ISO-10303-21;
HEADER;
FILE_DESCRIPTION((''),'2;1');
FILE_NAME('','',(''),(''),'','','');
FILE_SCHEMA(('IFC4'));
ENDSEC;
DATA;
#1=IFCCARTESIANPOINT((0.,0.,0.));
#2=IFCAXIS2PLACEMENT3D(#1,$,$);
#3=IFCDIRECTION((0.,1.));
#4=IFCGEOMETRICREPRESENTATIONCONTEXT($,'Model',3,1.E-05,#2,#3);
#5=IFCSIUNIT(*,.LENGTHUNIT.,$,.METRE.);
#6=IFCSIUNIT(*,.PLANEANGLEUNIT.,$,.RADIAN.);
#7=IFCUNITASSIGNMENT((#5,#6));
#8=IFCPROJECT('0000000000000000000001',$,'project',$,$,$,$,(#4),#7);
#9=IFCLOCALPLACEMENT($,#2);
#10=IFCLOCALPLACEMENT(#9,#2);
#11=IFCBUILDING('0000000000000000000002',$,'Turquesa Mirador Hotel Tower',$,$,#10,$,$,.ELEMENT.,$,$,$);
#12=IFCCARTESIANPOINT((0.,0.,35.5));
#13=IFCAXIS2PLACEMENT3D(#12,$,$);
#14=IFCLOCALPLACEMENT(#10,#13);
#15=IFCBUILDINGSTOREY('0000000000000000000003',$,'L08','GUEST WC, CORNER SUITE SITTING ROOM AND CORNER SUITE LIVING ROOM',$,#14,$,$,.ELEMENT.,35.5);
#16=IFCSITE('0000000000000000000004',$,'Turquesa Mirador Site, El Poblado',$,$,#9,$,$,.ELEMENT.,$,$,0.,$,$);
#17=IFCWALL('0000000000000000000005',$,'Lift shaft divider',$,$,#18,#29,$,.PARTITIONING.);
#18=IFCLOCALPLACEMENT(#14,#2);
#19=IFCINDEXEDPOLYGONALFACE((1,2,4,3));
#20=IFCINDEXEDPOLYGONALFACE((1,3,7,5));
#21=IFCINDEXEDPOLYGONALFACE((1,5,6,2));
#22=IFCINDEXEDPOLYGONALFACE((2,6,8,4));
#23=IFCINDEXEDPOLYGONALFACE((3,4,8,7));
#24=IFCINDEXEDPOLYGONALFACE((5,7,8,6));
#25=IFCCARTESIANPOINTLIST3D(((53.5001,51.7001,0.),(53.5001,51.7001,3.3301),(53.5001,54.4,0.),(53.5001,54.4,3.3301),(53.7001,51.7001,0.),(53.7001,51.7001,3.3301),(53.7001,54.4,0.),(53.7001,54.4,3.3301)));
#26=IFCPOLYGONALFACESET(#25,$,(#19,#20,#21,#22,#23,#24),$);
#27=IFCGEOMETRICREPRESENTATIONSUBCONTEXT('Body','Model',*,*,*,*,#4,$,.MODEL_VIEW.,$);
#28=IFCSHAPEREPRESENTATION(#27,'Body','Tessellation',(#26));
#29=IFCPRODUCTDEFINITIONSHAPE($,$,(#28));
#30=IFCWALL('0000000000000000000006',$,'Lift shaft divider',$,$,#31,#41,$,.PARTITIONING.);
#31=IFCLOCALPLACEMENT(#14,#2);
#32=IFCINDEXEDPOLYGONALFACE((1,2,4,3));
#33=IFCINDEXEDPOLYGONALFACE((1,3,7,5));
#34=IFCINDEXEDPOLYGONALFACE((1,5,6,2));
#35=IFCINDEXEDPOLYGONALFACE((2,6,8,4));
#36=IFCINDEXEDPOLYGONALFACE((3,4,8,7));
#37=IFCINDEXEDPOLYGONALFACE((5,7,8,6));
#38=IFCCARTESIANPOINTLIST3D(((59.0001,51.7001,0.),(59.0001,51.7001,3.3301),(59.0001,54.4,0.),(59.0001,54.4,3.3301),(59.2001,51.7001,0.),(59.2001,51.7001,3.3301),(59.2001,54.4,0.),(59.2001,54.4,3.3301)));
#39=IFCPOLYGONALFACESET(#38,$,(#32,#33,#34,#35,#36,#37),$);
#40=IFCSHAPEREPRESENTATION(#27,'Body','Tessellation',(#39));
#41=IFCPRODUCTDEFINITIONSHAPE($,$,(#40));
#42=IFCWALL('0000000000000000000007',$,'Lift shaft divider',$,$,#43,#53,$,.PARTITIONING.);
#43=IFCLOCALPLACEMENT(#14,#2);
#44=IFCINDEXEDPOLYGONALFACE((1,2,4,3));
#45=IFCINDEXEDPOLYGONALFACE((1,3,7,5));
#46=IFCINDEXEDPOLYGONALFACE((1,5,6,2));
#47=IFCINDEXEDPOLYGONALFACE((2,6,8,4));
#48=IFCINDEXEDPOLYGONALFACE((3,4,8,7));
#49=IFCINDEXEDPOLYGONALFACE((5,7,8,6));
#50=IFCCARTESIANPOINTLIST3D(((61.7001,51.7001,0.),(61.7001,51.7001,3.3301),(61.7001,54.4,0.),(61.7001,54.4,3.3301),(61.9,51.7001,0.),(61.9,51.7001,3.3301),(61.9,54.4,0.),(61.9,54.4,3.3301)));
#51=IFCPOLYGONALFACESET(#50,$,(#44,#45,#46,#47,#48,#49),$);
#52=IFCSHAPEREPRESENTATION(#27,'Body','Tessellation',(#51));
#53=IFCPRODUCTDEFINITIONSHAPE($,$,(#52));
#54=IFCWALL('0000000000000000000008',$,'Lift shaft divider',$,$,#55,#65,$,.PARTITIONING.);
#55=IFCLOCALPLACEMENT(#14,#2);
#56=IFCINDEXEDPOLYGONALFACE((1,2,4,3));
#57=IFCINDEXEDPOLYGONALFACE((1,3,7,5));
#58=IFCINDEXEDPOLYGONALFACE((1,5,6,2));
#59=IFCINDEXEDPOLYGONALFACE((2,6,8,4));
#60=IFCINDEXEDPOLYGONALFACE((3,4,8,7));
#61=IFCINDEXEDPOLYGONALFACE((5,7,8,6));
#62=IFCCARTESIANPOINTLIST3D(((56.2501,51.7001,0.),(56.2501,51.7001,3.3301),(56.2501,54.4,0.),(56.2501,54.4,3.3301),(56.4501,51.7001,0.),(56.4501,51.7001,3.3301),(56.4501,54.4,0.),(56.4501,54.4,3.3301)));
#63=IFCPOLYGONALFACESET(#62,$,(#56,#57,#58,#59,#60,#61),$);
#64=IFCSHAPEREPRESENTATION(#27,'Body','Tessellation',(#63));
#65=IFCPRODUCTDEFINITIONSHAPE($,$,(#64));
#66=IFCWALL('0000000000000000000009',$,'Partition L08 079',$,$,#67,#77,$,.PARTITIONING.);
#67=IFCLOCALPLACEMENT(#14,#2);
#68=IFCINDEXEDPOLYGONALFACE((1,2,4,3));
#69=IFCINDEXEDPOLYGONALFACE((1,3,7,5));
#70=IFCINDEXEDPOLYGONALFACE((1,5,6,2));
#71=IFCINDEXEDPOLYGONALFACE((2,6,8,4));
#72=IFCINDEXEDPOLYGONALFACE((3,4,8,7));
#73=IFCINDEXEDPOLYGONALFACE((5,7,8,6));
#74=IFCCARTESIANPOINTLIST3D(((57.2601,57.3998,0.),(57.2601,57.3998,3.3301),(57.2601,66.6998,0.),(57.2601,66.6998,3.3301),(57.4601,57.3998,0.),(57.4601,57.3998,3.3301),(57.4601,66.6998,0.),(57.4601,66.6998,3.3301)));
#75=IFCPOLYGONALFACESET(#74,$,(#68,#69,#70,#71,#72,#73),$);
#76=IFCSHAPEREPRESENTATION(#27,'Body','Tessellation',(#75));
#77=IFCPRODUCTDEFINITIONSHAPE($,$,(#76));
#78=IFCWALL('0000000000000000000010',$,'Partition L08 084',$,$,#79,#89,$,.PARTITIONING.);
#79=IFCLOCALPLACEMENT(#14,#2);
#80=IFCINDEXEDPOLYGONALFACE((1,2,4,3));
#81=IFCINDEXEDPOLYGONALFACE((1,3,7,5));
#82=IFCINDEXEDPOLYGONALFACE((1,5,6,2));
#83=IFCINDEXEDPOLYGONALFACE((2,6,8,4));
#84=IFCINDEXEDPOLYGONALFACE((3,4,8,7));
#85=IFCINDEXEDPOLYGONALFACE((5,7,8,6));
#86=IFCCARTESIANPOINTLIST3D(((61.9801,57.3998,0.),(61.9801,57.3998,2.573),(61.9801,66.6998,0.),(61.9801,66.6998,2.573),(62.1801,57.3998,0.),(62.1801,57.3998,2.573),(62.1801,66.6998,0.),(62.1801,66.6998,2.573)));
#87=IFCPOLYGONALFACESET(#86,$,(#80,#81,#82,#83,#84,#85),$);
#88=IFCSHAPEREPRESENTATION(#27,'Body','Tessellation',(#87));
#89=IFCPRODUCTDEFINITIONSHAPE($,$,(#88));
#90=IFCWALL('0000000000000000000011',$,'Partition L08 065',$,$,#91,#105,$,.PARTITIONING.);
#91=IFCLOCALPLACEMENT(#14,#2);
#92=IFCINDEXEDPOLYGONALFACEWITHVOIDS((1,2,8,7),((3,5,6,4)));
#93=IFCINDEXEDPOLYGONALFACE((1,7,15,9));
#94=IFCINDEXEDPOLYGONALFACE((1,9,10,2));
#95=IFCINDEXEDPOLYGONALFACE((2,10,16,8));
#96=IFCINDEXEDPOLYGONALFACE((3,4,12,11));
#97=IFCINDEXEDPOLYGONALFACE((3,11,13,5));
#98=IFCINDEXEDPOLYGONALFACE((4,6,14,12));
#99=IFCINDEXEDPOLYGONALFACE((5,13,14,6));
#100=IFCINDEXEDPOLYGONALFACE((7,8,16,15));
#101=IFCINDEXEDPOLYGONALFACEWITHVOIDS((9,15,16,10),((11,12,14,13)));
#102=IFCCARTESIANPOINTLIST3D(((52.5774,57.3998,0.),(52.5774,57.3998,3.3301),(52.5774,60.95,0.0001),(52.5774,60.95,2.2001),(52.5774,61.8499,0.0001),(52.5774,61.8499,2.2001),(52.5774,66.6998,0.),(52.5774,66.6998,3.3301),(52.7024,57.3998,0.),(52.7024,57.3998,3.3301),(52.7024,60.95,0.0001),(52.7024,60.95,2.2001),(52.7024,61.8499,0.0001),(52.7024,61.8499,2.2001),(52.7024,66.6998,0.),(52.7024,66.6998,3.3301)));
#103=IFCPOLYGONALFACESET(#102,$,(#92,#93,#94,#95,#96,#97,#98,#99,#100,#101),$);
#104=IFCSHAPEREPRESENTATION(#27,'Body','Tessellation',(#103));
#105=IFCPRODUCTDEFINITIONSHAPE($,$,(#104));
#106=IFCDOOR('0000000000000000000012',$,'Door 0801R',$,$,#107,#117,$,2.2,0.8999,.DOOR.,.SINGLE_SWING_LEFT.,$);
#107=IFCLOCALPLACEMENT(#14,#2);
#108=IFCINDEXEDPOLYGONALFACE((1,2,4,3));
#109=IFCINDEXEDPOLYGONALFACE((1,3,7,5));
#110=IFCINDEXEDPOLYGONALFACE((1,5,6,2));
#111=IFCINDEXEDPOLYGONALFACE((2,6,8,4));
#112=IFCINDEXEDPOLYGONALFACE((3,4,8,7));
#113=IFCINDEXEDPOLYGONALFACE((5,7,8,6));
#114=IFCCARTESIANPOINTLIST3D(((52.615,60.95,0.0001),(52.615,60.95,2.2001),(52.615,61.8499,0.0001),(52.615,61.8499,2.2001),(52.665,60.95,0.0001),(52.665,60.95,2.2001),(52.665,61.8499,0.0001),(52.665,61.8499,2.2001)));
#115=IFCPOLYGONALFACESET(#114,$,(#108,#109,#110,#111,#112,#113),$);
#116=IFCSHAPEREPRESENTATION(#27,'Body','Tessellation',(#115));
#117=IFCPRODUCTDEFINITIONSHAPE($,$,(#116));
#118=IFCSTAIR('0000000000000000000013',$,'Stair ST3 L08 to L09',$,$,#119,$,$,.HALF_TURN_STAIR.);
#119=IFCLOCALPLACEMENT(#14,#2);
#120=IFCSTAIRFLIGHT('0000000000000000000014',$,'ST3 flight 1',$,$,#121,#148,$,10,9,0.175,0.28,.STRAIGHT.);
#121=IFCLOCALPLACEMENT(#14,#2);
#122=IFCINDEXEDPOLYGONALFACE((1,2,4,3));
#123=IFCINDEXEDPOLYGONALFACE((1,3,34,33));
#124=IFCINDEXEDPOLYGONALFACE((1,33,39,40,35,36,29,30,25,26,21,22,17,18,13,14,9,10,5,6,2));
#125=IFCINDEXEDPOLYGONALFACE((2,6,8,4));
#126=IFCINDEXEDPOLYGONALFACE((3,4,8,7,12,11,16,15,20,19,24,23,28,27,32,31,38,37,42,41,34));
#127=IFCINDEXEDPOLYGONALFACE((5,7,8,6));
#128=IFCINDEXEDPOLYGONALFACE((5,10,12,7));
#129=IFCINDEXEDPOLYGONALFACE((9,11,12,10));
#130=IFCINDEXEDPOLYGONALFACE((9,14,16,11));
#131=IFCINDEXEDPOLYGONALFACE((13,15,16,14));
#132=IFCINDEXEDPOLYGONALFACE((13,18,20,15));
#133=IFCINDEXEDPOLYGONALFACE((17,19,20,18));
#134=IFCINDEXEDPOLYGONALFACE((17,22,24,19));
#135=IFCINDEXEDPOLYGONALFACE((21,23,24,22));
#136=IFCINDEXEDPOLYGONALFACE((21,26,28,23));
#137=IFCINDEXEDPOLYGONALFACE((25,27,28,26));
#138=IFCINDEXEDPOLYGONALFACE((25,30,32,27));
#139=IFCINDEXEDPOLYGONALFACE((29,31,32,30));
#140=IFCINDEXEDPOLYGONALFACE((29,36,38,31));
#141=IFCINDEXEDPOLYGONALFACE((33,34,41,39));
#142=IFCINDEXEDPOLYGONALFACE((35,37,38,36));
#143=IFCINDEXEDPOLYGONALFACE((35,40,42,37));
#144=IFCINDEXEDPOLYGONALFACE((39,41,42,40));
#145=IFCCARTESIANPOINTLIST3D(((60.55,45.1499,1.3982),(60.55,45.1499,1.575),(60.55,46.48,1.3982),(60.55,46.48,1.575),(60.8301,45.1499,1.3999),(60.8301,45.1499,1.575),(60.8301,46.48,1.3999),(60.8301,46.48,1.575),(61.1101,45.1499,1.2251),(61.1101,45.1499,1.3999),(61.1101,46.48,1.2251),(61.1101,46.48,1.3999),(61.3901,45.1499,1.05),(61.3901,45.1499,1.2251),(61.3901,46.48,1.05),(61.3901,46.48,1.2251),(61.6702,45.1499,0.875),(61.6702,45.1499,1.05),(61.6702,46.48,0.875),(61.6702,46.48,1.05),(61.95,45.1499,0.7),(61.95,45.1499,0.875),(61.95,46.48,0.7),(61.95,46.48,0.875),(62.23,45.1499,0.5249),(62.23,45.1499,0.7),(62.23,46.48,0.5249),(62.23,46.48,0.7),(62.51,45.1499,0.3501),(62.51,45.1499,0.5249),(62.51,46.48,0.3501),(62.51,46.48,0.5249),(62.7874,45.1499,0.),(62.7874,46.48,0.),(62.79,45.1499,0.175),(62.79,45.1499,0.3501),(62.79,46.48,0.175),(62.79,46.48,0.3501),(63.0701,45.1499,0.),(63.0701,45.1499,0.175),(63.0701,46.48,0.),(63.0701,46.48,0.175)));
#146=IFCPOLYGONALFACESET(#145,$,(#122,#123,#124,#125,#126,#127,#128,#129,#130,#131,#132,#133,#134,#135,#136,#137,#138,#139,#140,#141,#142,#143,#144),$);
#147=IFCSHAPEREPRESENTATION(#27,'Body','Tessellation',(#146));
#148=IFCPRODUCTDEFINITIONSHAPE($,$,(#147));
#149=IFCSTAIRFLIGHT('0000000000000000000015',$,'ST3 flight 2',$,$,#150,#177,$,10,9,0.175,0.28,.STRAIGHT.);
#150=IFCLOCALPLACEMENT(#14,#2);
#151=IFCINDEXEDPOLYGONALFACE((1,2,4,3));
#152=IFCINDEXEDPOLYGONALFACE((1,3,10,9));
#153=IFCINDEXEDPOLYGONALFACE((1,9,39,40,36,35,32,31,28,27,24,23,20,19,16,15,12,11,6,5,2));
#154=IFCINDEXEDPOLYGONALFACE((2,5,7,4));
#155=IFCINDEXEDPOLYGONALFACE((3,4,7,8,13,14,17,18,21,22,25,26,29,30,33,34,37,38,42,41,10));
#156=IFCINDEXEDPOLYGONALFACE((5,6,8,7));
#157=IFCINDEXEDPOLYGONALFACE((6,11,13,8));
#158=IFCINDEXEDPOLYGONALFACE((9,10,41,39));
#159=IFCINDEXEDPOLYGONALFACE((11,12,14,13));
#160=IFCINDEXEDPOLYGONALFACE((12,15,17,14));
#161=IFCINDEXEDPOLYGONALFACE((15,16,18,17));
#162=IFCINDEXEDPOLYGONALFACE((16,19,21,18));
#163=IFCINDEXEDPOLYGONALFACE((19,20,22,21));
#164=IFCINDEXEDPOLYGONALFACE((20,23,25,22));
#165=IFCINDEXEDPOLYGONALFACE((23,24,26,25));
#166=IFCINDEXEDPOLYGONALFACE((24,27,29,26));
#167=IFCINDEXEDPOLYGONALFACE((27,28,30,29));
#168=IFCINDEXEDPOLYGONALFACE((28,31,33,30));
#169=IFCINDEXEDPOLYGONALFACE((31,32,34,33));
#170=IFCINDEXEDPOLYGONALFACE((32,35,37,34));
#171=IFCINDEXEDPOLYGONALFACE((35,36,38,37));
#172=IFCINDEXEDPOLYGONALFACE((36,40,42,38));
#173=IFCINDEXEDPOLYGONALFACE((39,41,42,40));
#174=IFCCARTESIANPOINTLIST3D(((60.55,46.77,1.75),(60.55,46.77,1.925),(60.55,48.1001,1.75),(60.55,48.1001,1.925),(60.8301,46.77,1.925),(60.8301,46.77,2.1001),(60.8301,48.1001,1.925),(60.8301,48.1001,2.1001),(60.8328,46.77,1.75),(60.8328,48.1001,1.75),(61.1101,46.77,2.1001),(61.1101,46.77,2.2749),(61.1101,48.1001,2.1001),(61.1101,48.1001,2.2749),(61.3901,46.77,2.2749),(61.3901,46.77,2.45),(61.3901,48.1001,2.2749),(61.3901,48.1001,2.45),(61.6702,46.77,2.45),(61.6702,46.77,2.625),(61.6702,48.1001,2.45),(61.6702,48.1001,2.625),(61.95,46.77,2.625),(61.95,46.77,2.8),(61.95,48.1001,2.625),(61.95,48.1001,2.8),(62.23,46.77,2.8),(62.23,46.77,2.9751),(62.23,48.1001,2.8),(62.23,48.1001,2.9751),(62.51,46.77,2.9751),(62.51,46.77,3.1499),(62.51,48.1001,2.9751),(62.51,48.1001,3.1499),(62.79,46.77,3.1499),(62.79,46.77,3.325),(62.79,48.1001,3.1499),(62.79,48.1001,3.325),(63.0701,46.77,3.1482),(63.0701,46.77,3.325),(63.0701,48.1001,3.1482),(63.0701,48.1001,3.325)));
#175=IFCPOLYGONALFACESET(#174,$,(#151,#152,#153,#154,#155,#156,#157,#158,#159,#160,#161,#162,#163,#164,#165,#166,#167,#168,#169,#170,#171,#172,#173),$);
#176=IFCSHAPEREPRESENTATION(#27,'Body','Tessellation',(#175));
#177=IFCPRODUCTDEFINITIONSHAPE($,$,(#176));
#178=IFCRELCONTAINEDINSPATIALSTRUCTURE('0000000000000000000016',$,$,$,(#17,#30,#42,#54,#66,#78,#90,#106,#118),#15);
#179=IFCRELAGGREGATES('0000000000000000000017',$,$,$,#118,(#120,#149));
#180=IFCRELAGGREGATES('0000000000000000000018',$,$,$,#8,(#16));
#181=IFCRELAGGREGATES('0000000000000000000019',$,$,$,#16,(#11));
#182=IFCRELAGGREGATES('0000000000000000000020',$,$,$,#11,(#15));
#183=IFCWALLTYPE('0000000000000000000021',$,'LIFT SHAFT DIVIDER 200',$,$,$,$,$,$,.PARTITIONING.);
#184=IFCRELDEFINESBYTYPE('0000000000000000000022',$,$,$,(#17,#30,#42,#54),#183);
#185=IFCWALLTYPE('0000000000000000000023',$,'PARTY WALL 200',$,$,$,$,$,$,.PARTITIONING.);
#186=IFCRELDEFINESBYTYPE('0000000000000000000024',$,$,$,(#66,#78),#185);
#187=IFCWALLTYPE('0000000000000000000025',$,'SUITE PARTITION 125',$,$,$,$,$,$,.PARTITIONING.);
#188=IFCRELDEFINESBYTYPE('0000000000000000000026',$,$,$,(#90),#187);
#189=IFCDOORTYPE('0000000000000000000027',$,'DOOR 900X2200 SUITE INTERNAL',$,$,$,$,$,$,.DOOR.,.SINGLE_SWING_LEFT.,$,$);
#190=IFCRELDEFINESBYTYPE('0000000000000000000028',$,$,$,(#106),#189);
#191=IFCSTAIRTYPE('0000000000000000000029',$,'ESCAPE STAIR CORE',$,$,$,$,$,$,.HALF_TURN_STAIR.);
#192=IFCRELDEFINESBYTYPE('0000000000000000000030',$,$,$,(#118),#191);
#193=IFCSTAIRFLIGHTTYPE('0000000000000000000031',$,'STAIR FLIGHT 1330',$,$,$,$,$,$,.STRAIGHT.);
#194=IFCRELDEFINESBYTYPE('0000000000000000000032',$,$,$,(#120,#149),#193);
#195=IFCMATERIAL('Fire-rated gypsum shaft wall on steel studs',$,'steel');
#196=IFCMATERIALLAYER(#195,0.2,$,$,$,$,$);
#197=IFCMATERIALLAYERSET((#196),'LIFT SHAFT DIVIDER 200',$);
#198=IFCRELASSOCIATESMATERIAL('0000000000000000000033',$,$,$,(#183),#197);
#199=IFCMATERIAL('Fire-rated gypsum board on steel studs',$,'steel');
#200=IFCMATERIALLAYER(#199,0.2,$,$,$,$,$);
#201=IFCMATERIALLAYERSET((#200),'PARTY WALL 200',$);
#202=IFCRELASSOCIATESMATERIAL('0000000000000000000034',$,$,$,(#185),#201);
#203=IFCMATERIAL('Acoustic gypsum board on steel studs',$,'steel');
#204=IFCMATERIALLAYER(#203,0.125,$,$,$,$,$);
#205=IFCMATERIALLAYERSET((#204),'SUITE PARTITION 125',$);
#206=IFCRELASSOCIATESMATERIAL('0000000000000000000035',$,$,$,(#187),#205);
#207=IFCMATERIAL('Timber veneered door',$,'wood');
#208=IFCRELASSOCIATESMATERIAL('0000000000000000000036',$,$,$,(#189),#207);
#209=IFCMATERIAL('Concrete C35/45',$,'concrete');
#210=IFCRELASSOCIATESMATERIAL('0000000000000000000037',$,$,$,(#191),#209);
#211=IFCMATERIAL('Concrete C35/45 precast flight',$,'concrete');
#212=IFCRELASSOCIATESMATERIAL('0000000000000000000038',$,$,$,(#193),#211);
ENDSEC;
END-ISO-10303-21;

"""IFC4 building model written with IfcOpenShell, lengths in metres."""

from ifc_helpers import new_model, si_unit, direction, frame, frame_2d, origin, place, context, subcontext, project, spatial, polyline, rectangle, outline, extrude, material, layer, layer_set, type_object, element, fill, aggregate, save


model = new_model("IFC4")

# Units and contexts
model_context = context("Model", 3, precision=1e-05, world=origin(), true_north=direction((0.0, 1.0)))
body_context = subcontext(model_context, "Body", "Model", "MODEL_VIEW")
ifc_project = project(units=[si_unit("LENGTHUNIT", "METRE"), si_unit("PLANEANGLEUNIT", "RADIAN")], contexts=[model_context])

# Site, building, storey
site_placement = place(None, origin())
site = spatial("IfcSite", under=ifc_project, at=site_placement, Name="Turquesa Mirador Site, El Poblado", CompositionType="ELEMENT", RefElevation=0.0)
building_placement = place(site_placement, origin())
building = spatial("IfcBuilding", under=site, at=building_placement, Name="Turquesa Mirador Hotel Tower", CompositionType="ELEMENT")
storey_placement = place(building_placement, frame((0.0, 0.0, 35.5)))
storey = spatial("IfcBuildingStorey", under=building, at=storey_placement, Name="L08", Description="GUEST WC, CORNER SUITE SITTING ROOM AND CORNER SUITE LIVING ROOM", CompositionType="ELEMENT", Elevation=35.5)

# Walls
ifc_material_1 = material(Name="Fire-rated gypsum shaft wall on steel studs", Category="steel")
ifc_layer_1 = layer(ifc_material_1, 0.2)
ifc_layer_set_1 = layer_set([ifc_layer_1], Name="LIFT SHAFT DIVIDER 200")
wall_type_1 = type_object("IfcWallType", Name="LIFT SHAFT DIVIDER 200", PredefinedType="PARTITIONING", material=ifc_layer_set_1)
for number, where, z_axis, x_axis, name in (
    (1, (53.6001, 51.7, 0.0), (0.0, 0.0, 1.0), (0.0, 1.0, 0.0), "Lift shaft divider"),
    (2, (59.1001, 51.7, 0.0), (0.0, 0.0, 1.0), (0.0, 1.0, 0.0), "Lift shaft divider"),
    (3, (61.8, 51.7, 0.0), (0.0, 0.0, 1.0), (0.0, 1.0, 0.0), "Lift shaft divider"),
    (4, (56.3501, 51.7, 0.0), (0.0, 0.0, 1.0), (0.0, 1.0, 0.0), "Lift shaft divider"),
):
    element("IfcWall", number, at=place(storey_placement, frame(where, z_axis=z_axis, x_axis=x_axis)), inside=storey, type_object=wall_type_1, Name=name, PredefinedType="PARTITIONING", context=body_context, shape_type="SweptSolid", body=[
        extrude(rectangle(XDim=2.7, YDim=0.2, at=frame_2d((1.3501, 0.0))), origin(), (0.0, 0.0, 1.0), 3.3301),
    ])
ifc_material_2 = material(Name="Fire-rated gypsum board on steel studs", Category="steel")
ifc_layer_2 = layer(ifc_material_2, 0.2)
ifc_layer_set_2 = layer_set([ifc_layer_2], Name="PARTY WALL 200")
wall_type_2 = type_object("IfcWallType", Name="PARTY WALL 200", PredefinedType="PARTITIONING", material=ifc_layer_set_2)
wall_1_placement = place(storey_placement, frame((57.3601, 57.3999, 0.0), z_axis=(0.0, 0.0, 1.0), x_axis=(0.0, 1.0, 0.0)))
element("IfcWall", 5, at=wall_1_placement, inside=storey, type_object=wall_type_2, Name="Partition L08 079", PredefinedType="PARTITIONING", context=body_context, shape_type="SweptSolid", body=[
    extrude(rectangle(XDim=9.3, YDim=0.2, at=frame_2d((4.6499, 0.0))), origin(), (0.0, 0.0, 1.0), 3.3301),
])
wall_2_placement = place(storey_placement, frame((62.0801, 57.3999, 0.0), z_axis=(0.0, 0.0, 1.0), x_axis=(0.0, 1.0, 0.0)))
element("IfcWall", 6, at=wall_2_placement, inside=storey, type_object=wall_type_2, Name="Partition L08 084", PredefinedType="PARTITIONING", context=body_context, shape_type="SweptSolid", body=[
    extrude(rectangle(XDim=9.3, YDim=0.2, at=frame_2d((4.6499, 0.0))), origin(), (0.0, 0.0, 1.0), 2.573),
])

# Wall, opening, door
ifc_material_3 = material(Name="Acoustic gypsum board on steel studs", Category="steel")
ifc_layer_3 = layer(ifc_material_3, 0.125)
ifc_layer_set_3 = layer_set([ifc_layer_3], Name="SUITE PARTITION 125")
wall_type_3 = type_object("IfcWallType", Name="SUITE PARTITION 125", PredefinedType="PARTITIONING", material=ifc_layer_set_3)
wall_3_placement = place(storey_placement, frame((52.6399, 57.3999, 0.0), z_axis=(0.0, 0.0, 1.0), x_axis=(0.0, 1.0, 0.0)))
wall_3 = element("IfcWall", 7, at=wall_3_placement, inside=storey, type_object=wall_type_3, Name="Partition L08 065", PredefinedType="PARTITIONING", context=body_context, shape_type="SweptSolid", body=[
    extrude(rectangle(XDim=9.3, YDim=0.125, at=frame_2d((4.6499, 0.0))), origin(), (0.0, 0.0, 1.0), 3.3301),
])
opening_1_placement = place(wall_3_placement, frame((3.55, 0.0, 0.0)))
opening_1 = element("IfcOpeningElement", 8, at=opening_1_placement, cuts=wall_3, PredefinedType="OPENING", context=body_context, shape_type="SweptSolid", body=[
    extrude(rectangle(XDim=0.8999, YDim=2.2, at=frame_2d((0.45, 1.1001))), frame((0.0, 0.0725, 0.0), z_axis=(0.0, -1.0, 0.0), x_axis=(1.0, 0.0, 0.0)), (0.0, 0.0, 1.0), 0.145),
])
ifc_material_4 = material(Name="Timber veneered door", Category="wood")
door_type_1 = type_object("IfcDoorType", Name="DOOR 900X2200 SUITE INTERNAL", OperationType="SINGLE_SWING_LEFT", PredefinedType="DOOR", material=ifc_material_4)
door_1_placement = place(opening_1_placement, origin())
door_1 = element("IfcDoor", 9, at=door_1_placement, inside=storey, type_object=door_type_1, Name="Door 0801R", OperationType="SINGLE_SWING_LEFT", OverallHeight=2.2, OverallWidth=0.8999, PredefinedType="DOOR", context=body_context, shape_type="SweptSolid", body=[
    extrude(rectangle(XDim=0.8999, YDim=2.2, at=frame_2d((0.45, 1.1001))), frame((0.0, 0.0249, 0.0), z_axis=(0.0, -1.0, 0.0), x_axis=(1.0, 0.0, 0.0)), (0.0, 0.0, 1.0), 0.05),
])
fill(opening_1, door_1)

# Stair, stair flights
ifc_material_5 = material(Name="Concrete C35/45", Category="concrete")
stair_type = type_object("IfcStairType", Name="ESCAPE STAIR CORE", PredefinedType="HALF_TURN_STAIR", material=ifc_material_5)
stair_placement = place(storey_placement, origin())
stair = element("IfcStair", 10, at=stair_placement, inside=storey, type_object=stair_type, Name="Stair ST3 L08 to L09", PredefinedType="HALF_TURN_STAIR")
ifc_material_6 = material(Name="Concrete C35/45 precast flight", Category="concrete")
stair_flight_type = type_object("IfcStairFlightType", Name="STAIR FLIGHT 1330", PredefinedType="STRAIGHT", material=ifc_material_6)
stair_flight_1_placement = place(storey_placement, frame((63.0701, 45.8149, 0.0), z_axis=(0.0, 0.0, 1.0), x_axis=(-1.0, 0.0, 0.0)))
stair_flight_1 = element("IfcStairFlight", 11, at=stair_flight_1_placement, type_object=stair_flight_type, Name="ST3 flight 1", NumberOfRisers=10, NumberOfTreads=9, PredefinedType="STRAIGHT", RiserHeight=0.175, TreadLength=0.28, context=body_context, shape_type="SweptSolid", body=[
    extrude(outline(polyline([(0.0, 0.0), (0.0, 0.175), (0.28, 0.175), (0.28, 0.3501), (0.5601, 0.3501), (0.5601, 0.5249), (0.8401, 0.5249), (0.8401, 0.7), (1.1201, 0.7), (1.1201, 0.875), (1.3999, 0.875), (1.3999, 1.05), (1.6799, 1.05), (1.6799, 1.2251), (1.96, 1.2251), (1.96, 1.3999), (2.24, 1.3999), (2.24, 1.575), (2.52, 1.575), (2.52, 1.75), (2.52, 1.3982), (0.2827, 0.0), (0.0, 0.0)])), frame((0.0, 0.665, 0.0), z_axis=(0.0, -1.0, 0.0), x_axis=(1.0, 0.0, 0.0)), (0.0, 0.0, 1.0), 1.3301),
])
stair_flight_2_placement = place(storey_placement, frame((60.55, 47.4351, 1.75), z_axis=(0.0, 0.0, 1.0), x_axis=(1.0, 0.0, 0.0)))
stair_flight_2 = element("IfcStairFlight", 12, at=stair_flight_2_placement, type_object=stair_flight_type, Name="ST3 flight 2", NumberOfRisers=10, NumberOfTreads=9, PredefinedType="STRAIGHT", RiserHeight=0.175, TreadLength=0.28, context=body_context, shape_type="SweptSolid", body=[
    extrude(outline(polyline([(0.0, 0.0), (0.0, 0.175), (0.28, 0.175), (0.28, 0.3501), (0.5601, 0.3501), (0.5601, 0.5249), (0.8401, 0.5249), (0.8401, 0.7), (1.1201, 0.7), (1.1201, 0.875), (1.3999, 0.875), (1.3999, 1.05), (1.6799, 1.05), (1.6799, 1.2251), (1.96, 1.2251), (1.96, 1.3999), (2.24, 1.3999), (2.24, 1.575), (2.52, 1.575), (2.52, 1.75), (2.52, 1.3982), (0.2827, 0.0), (0.0, 0.0)])), frame((0.0, 0.665, 0.0), z_axis=(0.0, -1.0, 0.0), x_axis=(1.0, 0.0, 0.0)), (0.0, 0.0, 1.0), 1.3301),
])
aggregate(stair, [stair_flight_1, stair_flight_2])

save(model, "model.ifc")
